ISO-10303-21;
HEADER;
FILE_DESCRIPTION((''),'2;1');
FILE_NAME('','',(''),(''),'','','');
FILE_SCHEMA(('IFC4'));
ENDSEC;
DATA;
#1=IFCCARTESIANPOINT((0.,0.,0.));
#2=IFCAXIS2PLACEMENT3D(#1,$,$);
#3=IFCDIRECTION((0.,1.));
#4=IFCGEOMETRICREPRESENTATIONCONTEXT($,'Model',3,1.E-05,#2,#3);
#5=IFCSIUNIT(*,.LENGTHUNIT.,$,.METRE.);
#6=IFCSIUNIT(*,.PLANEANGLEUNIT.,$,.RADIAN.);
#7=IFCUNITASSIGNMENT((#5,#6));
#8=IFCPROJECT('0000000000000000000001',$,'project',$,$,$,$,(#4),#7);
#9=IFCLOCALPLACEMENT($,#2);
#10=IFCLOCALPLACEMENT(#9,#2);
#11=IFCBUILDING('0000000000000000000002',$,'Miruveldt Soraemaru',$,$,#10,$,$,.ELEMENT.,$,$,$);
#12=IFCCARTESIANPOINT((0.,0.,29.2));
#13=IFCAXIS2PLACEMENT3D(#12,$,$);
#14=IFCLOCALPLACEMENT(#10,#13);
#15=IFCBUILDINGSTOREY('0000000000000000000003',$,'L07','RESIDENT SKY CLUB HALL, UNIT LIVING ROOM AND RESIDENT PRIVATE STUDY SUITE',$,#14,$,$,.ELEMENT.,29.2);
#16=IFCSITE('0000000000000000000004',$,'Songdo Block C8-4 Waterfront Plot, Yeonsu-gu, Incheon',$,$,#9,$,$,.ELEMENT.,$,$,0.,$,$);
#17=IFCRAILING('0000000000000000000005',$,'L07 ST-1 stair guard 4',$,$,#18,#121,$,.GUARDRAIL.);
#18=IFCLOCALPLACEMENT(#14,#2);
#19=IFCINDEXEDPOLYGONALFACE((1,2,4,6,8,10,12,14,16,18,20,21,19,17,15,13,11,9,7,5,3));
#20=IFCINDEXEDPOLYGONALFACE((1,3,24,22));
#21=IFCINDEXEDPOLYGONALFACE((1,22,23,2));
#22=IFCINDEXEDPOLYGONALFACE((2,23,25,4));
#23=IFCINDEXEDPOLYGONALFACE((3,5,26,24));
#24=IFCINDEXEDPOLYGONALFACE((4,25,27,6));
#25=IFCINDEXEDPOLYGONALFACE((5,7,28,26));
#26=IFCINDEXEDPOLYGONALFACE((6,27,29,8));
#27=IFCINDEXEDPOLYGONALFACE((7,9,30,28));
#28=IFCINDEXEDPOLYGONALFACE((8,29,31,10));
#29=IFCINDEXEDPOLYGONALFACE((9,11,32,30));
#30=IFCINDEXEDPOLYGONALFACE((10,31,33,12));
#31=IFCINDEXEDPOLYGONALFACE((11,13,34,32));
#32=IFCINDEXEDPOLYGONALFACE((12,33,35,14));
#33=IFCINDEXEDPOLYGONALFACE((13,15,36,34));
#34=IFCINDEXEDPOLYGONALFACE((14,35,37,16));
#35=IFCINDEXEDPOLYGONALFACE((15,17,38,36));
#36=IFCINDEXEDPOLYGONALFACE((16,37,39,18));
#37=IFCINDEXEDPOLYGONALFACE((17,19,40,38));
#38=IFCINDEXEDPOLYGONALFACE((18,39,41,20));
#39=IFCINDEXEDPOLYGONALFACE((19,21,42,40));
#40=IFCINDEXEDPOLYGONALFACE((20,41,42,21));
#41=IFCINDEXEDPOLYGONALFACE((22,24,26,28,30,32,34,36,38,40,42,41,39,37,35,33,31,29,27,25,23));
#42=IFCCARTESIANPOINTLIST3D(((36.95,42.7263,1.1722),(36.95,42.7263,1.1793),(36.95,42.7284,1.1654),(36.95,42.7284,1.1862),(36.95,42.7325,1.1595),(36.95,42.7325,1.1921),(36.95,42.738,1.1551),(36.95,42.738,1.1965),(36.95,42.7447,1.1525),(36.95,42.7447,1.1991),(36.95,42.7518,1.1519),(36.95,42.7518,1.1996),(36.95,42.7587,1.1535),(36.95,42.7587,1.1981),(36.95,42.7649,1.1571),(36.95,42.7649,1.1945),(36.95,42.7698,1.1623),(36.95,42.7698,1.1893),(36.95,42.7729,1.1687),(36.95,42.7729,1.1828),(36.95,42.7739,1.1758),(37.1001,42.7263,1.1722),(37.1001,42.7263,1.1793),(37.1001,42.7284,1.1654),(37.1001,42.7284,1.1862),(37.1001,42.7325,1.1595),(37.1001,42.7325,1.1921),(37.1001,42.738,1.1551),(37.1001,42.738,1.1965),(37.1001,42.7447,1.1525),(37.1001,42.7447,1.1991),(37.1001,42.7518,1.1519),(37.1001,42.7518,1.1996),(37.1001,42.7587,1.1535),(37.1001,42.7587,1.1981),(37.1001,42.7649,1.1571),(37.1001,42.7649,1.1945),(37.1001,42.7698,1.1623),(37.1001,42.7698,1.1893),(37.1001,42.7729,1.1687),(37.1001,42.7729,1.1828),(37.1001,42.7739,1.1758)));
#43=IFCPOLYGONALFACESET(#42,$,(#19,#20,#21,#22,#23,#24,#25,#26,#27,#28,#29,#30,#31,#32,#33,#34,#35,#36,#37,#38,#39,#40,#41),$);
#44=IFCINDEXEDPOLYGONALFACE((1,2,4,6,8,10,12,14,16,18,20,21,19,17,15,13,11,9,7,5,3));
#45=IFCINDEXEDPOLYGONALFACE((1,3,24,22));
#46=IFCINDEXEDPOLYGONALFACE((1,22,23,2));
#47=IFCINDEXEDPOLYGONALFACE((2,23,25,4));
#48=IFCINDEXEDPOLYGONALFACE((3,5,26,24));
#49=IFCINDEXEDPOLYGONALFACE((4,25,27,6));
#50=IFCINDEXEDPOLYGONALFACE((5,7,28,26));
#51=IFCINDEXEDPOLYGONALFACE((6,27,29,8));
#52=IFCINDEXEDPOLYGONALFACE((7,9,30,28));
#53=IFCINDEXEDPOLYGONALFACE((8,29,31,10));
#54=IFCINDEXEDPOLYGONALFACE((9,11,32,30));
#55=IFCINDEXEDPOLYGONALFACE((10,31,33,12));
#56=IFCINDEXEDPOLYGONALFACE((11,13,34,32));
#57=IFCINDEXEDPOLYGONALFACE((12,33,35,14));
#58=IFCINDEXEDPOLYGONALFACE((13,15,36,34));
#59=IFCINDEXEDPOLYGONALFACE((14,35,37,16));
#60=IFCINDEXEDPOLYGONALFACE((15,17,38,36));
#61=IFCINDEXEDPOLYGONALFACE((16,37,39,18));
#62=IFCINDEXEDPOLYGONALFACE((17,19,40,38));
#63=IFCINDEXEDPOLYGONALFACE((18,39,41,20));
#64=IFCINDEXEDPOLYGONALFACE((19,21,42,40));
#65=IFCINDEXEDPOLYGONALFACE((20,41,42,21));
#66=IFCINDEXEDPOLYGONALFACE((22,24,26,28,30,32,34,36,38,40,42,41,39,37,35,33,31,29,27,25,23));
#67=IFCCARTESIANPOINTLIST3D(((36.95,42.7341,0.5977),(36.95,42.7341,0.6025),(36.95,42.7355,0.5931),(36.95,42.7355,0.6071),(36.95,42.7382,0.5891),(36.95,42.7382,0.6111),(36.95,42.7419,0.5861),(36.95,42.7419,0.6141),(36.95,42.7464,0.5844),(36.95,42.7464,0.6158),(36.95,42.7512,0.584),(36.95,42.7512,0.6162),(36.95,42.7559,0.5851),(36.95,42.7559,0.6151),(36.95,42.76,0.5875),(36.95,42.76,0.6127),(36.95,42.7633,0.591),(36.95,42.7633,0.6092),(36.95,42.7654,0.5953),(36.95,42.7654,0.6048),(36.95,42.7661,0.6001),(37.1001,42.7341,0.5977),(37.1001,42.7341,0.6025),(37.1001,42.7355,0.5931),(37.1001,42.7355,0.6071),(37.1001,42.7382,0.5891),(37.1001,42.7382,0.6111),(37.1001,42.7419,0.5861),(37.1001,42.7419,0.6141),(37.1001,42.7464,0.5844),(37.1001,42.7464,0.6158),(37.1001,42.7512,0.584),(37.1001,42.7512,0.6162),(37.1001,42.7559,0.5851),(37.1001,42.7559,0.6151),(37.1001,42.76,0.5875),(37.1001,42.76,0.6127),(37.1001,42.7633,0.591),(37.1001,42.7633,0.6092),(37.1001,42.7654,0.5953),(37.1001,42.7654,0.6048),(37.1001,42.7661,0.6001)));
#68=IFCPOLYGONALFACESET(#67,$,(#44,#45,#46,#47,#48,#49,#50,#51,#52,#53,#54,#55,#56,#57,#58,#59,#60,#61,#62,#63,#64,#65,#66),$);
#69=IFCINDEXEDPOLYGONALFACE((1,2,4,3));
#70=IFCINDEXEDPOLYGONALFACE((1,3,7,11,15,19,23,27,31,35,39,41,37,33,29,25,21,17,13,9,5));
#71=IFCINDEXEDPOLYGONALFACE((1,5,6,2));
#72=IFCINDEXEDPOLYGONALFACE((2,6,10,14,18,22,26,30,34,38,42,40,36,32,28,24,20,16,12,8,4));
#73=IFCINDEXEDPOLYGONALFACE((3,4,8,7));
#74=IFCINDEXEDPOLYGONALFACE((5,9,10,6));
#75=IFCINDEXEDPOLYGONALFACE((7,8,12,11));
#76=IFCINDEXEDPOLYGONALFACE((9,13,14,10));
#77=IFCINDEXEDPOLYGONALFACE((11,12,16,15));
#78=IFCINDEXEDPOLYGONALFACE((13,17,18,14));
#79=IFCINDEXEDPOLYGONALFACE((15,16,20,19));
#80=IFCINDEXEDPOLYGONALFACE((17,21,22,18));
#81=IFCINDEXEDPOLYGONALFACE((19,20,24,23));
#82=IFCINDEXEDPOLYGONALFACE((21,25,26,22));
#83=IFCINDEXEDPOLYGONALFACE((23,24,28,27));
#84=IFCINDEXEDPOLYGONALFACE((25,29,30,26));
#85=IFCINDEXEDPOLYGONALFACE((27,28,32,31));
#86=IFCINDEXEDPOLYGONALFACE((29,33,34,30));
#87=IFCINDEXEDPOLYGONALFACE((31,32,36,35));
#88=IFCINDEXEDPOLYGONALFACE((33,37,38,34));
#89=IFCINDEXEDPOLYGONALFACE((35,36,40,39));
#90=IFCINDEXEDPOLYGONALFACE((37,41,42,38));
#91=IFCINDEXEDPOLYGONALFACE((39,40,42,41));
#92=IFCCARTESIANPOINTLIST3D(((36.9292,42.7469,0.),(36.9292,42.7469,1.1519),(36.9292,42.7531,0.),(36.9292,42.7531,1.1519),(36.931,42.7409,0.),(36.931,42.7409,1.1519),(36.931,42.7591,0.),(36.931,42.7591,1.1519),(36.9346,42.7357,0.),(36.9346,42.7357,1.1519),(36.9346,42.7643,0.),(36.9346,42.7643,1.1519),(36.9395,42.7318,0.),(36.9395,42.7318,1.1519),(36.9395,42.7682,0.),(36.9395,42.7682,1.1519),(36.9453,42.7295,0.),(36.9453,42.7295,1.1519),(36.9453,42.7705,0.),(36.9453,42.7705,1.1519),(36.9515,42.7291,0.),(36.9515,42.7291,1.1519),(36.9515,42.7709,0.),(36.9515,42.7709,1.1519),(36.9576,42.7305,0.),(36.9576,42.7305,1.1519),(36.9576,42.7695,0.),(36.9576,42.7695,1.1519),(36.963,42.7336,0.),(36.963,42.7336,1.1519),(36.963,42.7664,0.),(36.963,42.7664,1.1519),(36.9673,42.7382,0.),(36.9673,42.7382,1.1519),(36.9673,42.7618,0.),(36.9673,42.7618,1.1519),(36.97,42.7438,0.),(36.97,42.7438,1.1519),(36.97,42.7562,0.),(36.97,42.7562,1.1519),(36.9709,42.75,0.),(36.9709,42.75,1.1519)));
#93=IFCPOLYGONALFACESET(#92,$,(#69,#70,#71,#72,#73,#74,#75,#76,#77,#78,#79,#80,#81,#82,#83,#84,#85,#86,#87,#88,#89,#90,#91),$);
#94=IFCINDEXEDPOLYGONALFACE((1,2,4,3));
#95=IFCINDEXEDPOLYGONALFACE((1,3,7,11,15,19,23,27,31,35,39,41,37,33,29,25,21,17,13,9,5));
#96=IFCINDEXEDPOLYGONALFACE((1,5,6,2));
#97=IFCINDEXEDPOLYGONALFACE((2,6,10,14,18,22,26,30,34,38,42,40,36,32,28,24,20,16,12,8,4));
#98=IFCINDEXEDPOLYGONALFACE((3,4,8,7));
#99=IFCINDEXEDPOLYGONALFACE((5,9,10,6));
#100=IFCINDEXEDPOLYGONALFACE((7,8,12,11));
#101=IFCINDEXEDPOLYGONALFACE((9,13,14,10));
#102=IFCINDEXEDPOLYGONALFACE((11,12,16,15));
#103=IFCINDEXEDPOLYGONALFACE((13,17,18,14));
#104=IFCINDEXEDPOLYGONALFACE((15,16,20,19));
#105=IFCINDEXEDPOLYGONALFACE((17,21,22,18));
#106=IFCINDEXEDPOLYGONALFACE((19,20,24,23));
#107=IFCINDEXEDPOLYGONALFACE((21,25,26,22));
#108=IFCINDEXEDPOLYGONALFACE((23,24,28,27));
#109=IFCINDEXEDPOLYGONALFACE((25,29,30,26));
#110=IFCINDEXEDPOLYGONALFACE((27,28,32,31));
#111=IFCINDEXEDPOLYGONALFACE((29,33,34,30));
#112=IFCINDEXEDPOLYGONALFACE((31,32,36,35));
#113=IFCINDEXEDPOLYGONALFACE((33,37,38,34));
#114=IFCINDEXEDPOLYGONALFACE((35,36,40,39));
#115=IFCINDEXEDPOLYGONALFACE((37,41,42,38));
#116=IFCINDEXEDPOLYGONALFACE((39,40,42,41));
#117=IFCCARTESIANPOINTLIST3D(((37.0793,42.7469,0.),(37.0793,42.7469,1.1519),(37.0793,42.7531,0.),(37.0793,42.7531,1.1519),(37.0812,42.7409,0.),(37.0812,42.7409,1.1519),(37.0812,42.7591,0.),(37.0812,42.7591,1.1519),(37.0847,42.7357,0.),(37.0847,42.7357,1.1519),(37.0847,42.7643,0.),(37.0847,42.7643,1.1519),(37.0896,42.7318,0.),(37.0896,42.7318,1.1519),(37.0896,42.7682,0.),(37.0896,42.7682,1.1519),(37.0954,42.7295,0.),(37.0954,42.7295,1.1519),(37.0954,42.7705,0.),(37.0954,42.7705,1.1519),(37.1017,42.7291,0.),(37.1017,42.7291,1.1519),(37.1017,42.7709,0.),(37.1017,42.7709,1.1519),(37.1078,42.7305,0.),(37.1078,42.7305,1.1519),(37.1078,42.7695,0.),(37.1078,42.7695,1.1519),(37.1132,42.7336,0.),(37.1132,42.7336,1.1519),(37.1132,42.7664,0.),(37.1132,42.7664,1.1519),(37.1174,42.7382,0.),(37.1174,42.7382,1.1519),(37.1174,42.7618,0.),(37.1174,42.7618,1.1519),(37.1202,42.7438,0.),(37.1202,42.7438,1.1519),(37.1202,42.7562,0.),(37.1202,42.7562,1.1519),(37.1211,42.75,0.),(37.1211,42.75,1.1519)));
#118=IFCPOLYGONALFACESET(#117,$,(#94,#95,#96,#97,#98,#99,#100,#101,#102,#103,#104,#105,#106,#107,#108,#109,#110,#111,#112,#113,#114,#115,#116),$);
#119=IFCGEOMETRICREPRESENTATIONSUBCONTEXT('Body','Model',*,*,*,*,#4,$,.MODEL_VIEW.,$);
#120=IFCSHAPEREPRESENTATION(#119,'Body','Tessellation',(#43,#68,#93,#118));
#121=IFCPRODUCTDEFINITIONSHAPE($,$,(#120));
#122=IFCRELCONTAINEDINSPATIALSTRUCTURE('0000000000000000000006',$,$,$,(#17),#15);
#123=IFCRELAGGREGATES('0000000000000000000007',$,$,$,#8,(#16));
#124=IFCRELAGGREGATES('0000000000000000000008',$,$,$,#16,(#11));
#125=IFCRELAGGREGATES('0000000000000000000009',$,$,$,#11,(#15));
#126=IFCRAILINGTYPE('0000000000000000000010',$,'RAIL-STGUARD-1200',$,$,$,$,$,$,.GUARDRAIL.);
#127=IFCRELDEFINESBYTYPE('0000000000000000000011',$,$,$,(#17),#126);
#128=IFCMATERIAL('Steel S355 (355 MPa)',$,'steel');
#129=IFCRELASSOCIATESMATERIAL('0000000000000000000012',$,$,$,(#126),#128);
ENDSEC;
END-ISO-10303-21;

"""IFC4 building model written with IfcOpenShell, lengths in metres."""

from ifc_helpers import new_model, si_unit, direction, frame, origin, origin_2d, place, context, subcontext, project, spatial, circle, extrude, material, type_object, element, save


model = new_model("IFC4")

# Units and contexts
model_context = context("Model", 3, precision=1e-05, world=origin(), true_north=direction((0.0, 1.0)))
body_context = subcontext(model_context, "Body", "Model", "MODEL_VIEW")
ifc_project = project(units=[si_unit("LENGTHUNIT", "METRE"), si_unit("PLANEANGLEUNIT", "RADIAN")], contexts=[model_context])

# Site, building, storey
site_placement = place(None, origin())
site = spatial("IfcSite", under=ifc_project, at=site_placement, Name="Songdo Block C8-4 Waterfront Plot, Yeonsu-gu, Incheon", CompositionType="ELEMENT", RefElevation=0.0)
building_placement = place(site_placement, origin())
building = spatial("IfcBuilding", under=site, at=building_placement, Name="Miruveldt Soraemaru", CompositionType="ELEMENT")
storey_placement = place(building_placement, frame((0.0, 0.0, 29.2)))
storey = spatial("IfcBuildingStorey", under=building, at=storey_placement, Name="L07", Description="RESIDENT SKY CLUB HALL, UNIT LIVING ROOM AND RESIDENT PRIVATE STUDY SUITE", CompositionType="ELEMENT", Elevation=29.2)

# Railing
ifc_material_1 = material(Name="Steel S355 (355 MPa)", Category="steel")
railing_type_1 = type_object("IfcRailingType", Name="RAIL-STGUARD-1200", PredefinedType="GUARDRAIL", material=ifc_material_1)
railing_1_placement = place(storey_placement, frame((36.95, 42.75, 0.0)))
element("IfcRailing", 1, at=railing_1_placement, inside=storey, type_object=railing_type_1, Name="L07 ST-1 stair guard 4", PredefinedType="GUARDRAIL", context=body_context, shape_type="SweptSolid", body=[
    extrude(circle(Radius=0.0239, at=origin_2d()), frame((0.0, 0.0, 1.1758), z_axis=(1.0, 0.0, 0.0), x_axis=(0.0, 1.0, 0.0)), (0.0, 0.0, 1.0), 0.1501),
    extrude(circle(Radius=0.0161, at=origin_2d()), frame((0.0, 0.0, 0.6001), z_axis=(1.0, 0.0, 0.0), x_axis=(0.0, 1.0, 0.0)), (0.0, 0.0, 1.0), 0.1501),
    extrude(circle(Radius=0.021, at=origin_2d()), origin(), (0.0, 0.0, 1.0), 1.1519),
    extrude(circle(Radius=0.021, at=origin_2d()), frame((0.1501, 0.0, 0.0)), (0.0, 0.0, 1.0), 1.1519),
])

save(model, "model.ifc")
